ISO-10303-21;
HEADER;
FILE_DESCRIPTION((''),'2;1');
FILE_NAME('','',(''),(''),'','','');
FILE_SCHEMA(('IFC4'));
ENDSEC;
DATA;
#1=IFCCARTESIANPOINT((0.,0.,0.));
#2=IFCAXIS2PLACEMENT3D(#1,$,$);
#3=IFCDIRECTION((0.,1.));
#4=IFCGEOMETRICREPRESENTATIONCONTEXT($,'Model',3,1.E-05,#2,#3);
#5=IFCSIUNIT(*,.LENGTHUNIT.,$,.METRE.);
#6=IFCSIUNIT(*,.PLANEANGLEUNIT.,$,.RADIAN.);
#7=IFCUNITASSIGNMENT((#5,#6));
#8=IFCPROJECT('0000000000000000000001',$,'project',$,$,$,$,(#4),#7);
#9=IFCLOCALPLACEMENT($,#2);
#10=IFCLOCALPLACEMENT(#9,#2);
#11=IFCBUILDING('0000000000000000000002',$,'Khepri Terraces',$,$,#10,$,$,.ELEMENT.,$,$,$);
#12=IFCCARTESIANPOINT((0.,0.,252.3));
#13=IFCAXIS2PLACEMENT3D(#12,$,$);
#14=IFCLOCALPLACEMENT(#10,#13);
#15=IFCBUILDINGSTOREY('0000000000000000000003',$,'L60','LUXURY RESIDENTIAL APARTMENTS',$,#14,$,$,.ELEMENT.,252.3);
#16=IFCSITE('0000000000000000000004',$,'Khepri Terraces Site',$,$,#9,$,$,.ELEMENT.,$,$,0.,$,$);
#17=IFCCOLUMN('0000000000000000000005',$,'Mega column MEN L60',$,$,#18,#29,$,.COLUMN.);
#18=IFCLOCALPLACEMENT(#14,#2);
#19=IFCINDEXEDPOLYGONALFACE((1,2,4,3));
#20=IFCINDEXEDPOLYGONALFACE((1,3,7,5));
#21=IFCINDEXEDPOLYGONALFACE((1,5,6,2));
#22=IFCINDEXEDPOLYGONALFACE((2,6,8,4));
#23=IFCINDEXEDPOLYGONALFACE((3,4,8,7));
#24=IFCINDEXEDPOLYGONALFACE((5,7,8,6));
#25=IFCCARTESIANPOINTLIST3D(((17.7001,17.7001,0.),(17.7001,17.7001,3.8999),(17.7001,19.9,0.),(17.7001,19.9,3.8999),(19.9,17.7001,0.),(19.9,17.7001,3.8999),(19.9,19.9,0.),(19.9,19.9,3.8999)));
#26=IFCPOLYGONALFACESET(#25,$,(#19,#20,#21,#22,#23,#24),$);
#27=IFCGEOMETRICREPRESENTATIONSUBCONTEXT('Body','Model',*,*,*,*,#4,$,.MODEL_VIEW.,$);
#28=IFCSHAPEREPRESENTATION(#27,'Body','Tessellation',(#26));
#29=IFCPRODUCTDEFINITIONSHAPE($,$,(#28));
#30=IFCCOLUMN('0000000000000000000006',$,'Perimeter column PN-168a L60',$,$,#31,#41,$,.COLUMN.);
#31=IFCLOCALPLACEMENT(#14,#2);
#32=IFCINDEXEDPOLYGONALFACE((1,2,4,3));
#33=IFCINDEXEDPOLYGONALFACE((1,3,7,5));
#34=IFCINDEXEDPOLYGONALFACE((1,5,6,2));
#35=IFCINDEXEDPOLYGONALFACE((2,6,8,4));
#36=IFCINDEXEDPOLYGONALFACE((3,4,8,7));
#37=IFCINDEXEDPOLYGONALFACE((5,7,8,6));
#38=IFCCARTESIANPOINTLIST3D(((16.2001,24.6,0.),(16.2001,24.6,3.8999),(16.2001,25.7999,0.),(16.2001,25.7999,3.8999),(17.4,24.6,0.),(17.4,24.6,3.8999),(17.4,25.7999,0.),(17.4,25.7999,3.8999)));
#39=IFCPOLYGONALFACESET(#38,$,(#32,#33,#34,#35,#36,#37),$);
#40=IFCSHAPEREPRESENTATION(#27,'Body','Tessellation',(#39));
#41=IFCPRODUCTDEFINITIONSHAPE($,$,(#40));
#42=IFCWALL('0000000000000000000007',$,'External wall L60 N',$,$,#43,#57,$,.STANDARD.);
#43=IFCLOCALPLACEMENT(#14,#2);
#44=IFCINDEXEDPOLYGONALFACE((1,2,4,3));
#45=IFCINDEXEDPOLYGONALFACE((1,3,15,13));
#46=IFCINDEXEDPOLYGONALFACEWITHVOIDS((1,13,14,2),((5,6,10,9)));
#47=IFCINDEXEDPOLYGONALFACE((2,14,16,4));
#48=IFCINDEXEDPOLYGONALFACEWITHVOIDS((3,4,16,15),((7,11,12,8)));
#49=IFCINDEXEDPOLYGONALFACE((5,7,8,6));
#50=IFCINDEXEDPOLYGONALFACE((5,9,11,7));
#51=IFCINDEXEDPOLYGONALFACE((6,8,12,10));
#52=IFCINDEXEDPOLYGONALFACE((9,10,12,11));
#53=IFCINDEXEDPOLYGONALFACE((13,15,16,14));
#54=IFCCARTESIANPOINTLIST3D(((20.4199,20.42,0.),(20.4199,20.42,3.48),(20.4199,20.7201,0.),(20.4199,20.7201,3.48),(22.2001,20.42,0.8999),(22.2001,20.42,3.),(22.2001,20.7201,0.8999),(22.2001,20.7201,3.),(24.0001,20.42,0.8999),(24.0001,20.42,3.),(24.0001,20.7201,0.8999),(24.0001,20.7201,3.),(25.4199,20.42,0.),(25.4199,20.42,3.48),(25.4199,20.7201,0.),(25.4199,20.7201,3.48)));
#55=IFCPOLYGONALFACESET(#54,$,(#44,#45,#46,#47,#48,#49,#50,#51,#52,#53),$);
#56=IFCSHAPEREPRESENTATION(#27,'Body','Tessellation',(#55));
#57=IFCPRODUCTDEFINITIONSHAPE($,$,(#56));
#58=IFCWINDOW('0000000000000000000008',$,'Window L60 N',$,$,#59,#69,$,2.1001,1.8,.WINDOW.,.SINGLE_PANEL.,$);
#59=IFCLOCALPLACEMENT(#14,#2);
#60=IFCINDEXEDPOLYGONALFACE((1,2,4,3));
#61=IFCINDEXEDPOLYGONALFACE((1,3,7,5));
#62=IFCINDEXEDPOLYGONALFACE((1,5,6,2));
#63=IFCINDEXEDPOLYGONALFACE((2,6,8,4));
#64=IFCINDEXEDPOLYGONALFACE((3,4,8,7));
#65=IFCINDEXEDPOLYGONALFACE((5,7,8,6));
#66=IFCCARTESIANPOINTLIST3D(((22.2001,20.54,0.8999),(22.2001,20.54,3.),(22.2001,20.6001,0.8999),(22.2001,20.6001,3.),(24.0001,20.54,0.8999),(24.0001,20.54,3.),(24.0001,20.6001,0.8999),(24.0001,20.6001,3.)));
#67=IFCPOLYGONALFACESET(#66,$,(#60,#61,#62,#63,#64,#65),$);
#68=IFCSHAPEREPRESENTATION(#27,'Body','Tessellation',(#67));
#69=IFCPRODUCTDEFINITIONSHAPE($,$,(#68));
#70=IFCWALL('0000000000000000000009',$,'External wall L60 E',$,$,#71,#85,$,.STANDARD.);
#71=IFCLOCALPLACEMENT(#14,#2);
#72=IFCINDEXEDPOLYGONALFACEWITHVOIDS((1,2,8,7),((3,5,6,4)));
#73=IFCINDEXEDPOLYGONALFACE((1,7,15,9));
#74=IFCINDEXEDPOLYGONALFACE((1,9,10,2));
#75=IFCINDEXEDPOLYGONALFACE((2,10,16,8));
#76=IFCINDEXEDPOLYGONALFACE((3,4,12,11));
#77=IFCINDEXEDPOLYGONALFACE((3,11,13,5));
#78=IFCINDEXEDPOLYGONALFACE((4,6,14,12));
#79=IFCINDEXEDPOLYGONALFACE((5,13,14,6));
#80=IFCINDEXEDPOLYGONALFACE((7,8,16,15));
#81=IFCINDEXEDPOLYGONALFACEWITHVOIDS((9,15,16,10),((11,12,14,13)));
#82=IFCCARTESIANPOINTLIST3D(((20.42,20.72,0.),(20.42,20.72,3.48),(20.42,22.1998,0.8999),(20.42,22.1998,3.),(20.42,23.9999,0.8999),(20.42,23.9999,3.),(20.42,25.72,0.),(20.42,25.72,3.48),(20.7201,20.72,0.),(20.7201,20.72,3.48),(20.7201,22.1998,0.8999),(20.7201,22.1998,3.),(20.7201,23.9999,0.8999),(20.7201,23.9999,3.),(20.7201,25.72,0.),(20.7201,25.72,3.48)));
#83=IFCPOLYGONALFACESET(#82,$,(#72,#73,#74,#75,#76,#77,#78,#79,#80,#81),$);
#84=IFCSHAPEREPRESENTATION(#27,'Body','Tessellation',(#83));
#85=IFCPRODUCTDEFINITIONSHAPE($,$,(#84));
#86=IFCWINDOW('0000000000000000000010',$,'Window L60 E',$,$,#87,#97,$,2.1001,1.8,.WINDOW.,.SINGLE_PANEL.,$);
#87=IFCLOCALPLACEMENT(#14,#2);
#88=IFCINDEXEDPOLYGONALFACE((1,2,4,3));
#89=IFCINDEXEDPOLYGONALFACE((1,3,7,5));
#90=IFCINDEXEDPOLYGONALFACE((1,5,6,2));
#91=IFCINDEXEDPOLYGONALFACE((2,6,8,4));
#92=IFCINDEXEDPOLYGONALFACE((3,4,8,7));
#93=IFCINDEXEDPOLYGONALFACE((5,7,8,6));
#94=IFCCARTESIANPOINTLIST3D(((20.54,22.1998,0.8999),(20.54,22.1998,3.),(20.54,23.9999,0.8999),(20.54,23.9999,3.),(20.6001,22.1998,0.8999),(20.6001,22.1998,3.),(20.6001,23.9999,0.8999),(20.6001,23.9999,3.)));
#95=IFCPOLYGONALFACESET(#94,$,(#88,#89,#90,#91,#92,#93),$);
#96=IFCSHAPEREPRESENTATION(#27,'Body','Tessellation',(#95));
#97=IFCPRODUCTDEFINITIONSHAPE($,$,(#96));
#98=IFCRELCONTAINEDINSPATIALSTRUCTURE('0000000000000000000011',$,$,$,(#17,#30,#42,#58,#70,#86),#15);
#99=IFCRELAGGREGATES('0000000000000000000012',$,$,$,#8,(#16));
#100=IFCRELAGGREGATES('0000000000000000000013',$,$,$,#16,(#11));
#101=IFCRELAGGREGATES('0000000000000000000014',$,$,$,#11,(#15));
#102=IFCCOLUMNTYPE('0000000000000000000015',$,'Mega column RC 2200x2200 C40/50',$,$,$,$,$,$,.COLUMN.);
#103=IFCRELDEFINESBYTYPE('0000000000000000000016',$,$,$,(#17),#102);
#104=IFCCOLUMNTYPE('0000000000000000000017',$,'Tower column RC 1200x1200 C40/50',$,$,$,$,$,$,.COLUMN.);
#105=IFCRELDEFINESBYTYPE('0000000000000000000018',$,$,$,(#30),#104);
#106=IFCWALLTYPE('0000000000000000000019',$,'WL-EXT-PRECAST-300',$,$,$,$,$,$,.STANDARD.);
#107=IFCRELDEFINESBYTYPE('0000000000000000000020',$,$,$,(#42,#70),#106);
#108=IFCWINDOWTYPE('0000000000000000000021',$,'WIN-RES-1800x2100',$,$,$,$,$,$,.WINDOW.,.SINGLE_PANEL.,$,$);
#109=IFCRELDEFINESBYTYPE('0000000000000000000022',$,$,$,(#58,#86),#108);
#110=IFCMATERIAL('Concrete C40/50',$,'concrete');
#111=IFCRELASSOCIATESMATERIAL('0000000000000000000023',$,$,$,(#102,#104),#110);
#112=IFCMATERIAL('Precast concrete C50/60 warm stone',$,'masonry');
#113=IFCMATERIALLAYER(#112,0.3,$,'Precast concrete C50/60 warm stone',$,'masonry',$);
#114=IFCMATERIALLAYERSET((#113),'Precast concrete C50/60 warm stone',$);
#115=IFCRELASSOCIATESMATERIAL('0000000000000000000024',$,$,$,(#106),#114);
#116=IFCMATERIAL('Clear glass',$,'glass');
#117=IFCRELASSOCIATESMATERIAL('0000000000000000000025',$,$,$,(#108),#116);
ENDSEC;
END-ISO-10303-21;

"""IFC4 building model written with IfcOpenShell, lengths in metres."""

from ifc_helpers import new_model, si_unit, direction, frame, frame_2d, origin, origin_2d, place, context, subcontext, project, spatial, rectangle, extrude, material, layer, layer_set, material_profile, profile_set, type_object, element, fill, save


model = new_model("IFC4")

# Units and contexts
model_context = context("Model", 3, precision=1e-05, world=origin(), true_north=direction((0.0, 1.0)))
body_context = subcontext(model_context, "Body", "Model", "MODEL_VIEW")
ifc_project = project(units=[si_unit("LENGTHUNIT", "METRE"), si_unit("PLANEANGLEUNIT", "RADIAN")], contexts=[model_context])

# Site, building, storey
site_placement = place(None, origin())
site = spatial("IfcSite", under=ifc_project, at=site_placement, Name="Khepri Terraces Site", CompositionType="ELEMENT", RefElevation=0.0)
building_placement = place(site_placement, origin())
building = spatial("IfcBuilding", under=site, at=building_placement, Name="Khepri Terraces", CompositionType="ELEMENT")
storey_placement = place(building_placement, frame((0.0, 0.0, 252.3)))
storey = spatial("IfcBuildingStorey", under=building, at=storey_placement, Name="L60", Description="LUXURY RESIDENTIAL APARTMENTS", CompositionType="ELEMENT", Elevation=252.3)

# Columns
ifc_material_1 = material(Name="Concrete C40/50", Category="concrete")
ifc_material_profile_1 = material_profile(ifc_material_1, rectangle(XDim=2.2, YDim=2.2, at=origin_2d()), Name="Concrete C40/50", Category="concrete")
ifc_profile_set_1 = profile_set([ifc_material_profile_1], Name="Concrete C40/50")
column_type_1 = type_object("IfcColumnType", Name="Mega column RC 2200x2200 C40/50", PredefinedType="COLUMN", material=ifc_profile_set_1)
column_1_placement = place(storey_placement, frame((18.8, 18.8, 0.0), z_axis=(0.0, 0.0, 1.0), x_axis=(1.0, 0.0, 0.0)))
element("IfcColumn", 1, at=column_1_placement, inside=storey, type_object=column_type_1, Name="Mega column MEN L60", PredefinedType="COLUMN", context=body_context, shape_type="SweptSolid", body=[
    extrude(rectangle(XDim=2.2, YDim=2.2, at=origin_2d()), origin(), (0.0, 0.0, 1.0), 3.8999),
])
ifc_material_profile_2 = material_profile(ifc_material_1, rectangle(XDim=1.2, YDim=1.2, at=origin_2d()), Name="Concrete C40/50", Category="concrete")
ifc_profile_set_2 = profile_set([ifc_material_profile_2], Name="Concrete C40/50")
column_type_2 = type_object("IfcColumnType", Name="Tower column RC 1200x1200 C40/50", PredefinedType="COLUMN", material=ifc_profile_set_2)
column_2_placement = place(storey_placement, frame((16.8, 25.2, 0.0), z_axis=(0.0, 0.0, 1.0), x_axis=(1.0, 0.0, 0.0)))
element("IfcColumn", 2, at=column_2_placement, inside=storey, type_object=column_type_2, Name="Perimeter column PN-168a L60", PredefinedType="COLUMN", context=body_context, shape_type="SweptSolid", body=[
    extrude(rectangle(XDim=1.2, YDim=1.2, at=origin_2d()), origin(), (0.0, 0.0, 1.0), 3.8999),
])

# Walls, openings, windows
ifc_material_2 = material(Name="Precast concrete C50/60 warm stone", Category="masonry")
ifc_layer = layer(ifc_material_2, 0.3, Name="Precast concrete C50/60 warm stone", Category="masonry")
ifc_layer_set = layer_set([ifc_layer], Name="Precast concrete C50/60 warm stone")
wall_type = type_object("IfcWallType", Name="WL-EXT-PRECAST-300", PredefinedType="STANDARD", material=ifc_layer_set)
wall_1_placement = place(storey_placement, frame((25.4199, 20.5701, 0.0), z_axis=(0.0, 0.0, 1.0), x_axis=(-1.0, 0.0, 0.0)))
wall_1 = element("IfcWall", 3, at=wall_1_placement, inside=storey, type_object=wall_type, Name="External wall L60 N", PredefinedType="STANDARD", context=body_context, shape_type="SweptSolid", body=[
    extrude(rectangle(XDim=5.0, YDim=0.3, at=frame_2d((2.5, 0.0))), origin(), (0.0, 0.0, 1.0), 3.48),
])
opening_1_placement = place(wall_1_placement, frame((1.4199, 0.0, 0.8999)))
opening_1 = element("IfcOpeningElement", 4, at=opening_1_placement, cuts=wall_1, PredefinedType="OPENING", context=body_context, shape_type="SweptSolid", body=[
    extrude(rectangle(XDim=1.8, YDim=2.1001, at=frame_2d((0.8999, 1.05))), frame((0.0, 0.1602, 0.0), z_axis=(0.0, -1.0, 0.0), x_axis=(1.0, 0.0, 0.0)), (0.0, 0.0, 1.0), 0.3201),
])
ifc_material_3 = material(Name="Clear glass", Category="glass")
window_type = type_object("IfcWindowType", Name="WIN-RES-1800x2100", PartitioningType="SINGLE_PANEL", PredefinedType="WINDOW", material=ifc_material_3)
window_1_placement = place(opening_1_placement, origin())
window_1 = element("IfcWindow", 5, at=window_1_placement, inside=storey, type_object=window_type, Name="Window L60 N", OverallHeight=2.1001, OverallWidth=1.8, PartitioningType="SINGLE_PANEL", PredefinedType="WINDOW", context=body_context, shape_type="SweptSolid", body=[
    extrude(rectangle(XDim=1.8, YDim=2.1001, at=frame_2d((0.8999, 1.05))), frame((0.0, 0.03, 0.0), z_axis=(0.0, -1.0, 0.0), x_axis=(1.0, 0.0, 0.0)), (0.0, 0.0, 1.0), 0.0601),
])
fill(opening_1, window_1)
wall_2_placement = place(storey_placement, frame((20.5701, 20.72, 0.0), z_axis=(0.0, 0.0, 1.0), x_axis=(0.0, 1.0, 0.0)))
wall_2 = element("IfcWall", 6, at=wall_2_placement, inside=storey, type_object=wall_type, Name="External wall L60 E", PredefinedType="STANDARD", context=body_context, shape_type="SweptSolid", body=[
    extrude(rectangle(XDim=5.0, YDim=0.3, at=frame_2d((2.5, 0.0))), origin(), (0.0, 0.0, 1.0), 3.48),
])
opening_2_placement = place(wall_2_placement, frame((1.48, 0.0, 0.8999)))
opening_2 = element("IfcOpeningElement", 7, at=opening_2_placement, cuts=wall_2, PredefinedType="OPENING", context=body_context, shape_type="SweptSolid", body=[
    extrude(rectangle(XDim=1.8, YDim=2.1001, at=frame_2d((0.8999, 1.05))), frame((0.0, 0.1602, 0.0), z_axis=(0.0, -1.0, 0.0), x_axis=(1.0, 0.0, 0.0)), (0.0, 0.0, 1.0), 0.3201),
])
window_2_placement = place(opening_2_placement, origin())
window_2 = element("IfcWindow", 8, at=window_2_placement, inside=storey, type_object=window_type, Name="Window L60 E", OverallHeight=2.1001, OverallWidth=1.8, PartitioningType="SINGLE_PANEL", PredefinedType="WINDOW", context=body_context, shape_type="SweptSolid", body=[
    extrude(rectangle(XDim=1.8, YDim=2.1001, at=frame_2d((0.8999, 1.05))), frame((0.0, 0.03, 0.0), z_axis=(0.0, -1.0, 0.0), x_axis=(1.0, 0.0, 0.0)), (0.0, 0.0, 1.0), 0.0601),
])
fill(opening_2, window_2)

save(model, "model.ifc")
